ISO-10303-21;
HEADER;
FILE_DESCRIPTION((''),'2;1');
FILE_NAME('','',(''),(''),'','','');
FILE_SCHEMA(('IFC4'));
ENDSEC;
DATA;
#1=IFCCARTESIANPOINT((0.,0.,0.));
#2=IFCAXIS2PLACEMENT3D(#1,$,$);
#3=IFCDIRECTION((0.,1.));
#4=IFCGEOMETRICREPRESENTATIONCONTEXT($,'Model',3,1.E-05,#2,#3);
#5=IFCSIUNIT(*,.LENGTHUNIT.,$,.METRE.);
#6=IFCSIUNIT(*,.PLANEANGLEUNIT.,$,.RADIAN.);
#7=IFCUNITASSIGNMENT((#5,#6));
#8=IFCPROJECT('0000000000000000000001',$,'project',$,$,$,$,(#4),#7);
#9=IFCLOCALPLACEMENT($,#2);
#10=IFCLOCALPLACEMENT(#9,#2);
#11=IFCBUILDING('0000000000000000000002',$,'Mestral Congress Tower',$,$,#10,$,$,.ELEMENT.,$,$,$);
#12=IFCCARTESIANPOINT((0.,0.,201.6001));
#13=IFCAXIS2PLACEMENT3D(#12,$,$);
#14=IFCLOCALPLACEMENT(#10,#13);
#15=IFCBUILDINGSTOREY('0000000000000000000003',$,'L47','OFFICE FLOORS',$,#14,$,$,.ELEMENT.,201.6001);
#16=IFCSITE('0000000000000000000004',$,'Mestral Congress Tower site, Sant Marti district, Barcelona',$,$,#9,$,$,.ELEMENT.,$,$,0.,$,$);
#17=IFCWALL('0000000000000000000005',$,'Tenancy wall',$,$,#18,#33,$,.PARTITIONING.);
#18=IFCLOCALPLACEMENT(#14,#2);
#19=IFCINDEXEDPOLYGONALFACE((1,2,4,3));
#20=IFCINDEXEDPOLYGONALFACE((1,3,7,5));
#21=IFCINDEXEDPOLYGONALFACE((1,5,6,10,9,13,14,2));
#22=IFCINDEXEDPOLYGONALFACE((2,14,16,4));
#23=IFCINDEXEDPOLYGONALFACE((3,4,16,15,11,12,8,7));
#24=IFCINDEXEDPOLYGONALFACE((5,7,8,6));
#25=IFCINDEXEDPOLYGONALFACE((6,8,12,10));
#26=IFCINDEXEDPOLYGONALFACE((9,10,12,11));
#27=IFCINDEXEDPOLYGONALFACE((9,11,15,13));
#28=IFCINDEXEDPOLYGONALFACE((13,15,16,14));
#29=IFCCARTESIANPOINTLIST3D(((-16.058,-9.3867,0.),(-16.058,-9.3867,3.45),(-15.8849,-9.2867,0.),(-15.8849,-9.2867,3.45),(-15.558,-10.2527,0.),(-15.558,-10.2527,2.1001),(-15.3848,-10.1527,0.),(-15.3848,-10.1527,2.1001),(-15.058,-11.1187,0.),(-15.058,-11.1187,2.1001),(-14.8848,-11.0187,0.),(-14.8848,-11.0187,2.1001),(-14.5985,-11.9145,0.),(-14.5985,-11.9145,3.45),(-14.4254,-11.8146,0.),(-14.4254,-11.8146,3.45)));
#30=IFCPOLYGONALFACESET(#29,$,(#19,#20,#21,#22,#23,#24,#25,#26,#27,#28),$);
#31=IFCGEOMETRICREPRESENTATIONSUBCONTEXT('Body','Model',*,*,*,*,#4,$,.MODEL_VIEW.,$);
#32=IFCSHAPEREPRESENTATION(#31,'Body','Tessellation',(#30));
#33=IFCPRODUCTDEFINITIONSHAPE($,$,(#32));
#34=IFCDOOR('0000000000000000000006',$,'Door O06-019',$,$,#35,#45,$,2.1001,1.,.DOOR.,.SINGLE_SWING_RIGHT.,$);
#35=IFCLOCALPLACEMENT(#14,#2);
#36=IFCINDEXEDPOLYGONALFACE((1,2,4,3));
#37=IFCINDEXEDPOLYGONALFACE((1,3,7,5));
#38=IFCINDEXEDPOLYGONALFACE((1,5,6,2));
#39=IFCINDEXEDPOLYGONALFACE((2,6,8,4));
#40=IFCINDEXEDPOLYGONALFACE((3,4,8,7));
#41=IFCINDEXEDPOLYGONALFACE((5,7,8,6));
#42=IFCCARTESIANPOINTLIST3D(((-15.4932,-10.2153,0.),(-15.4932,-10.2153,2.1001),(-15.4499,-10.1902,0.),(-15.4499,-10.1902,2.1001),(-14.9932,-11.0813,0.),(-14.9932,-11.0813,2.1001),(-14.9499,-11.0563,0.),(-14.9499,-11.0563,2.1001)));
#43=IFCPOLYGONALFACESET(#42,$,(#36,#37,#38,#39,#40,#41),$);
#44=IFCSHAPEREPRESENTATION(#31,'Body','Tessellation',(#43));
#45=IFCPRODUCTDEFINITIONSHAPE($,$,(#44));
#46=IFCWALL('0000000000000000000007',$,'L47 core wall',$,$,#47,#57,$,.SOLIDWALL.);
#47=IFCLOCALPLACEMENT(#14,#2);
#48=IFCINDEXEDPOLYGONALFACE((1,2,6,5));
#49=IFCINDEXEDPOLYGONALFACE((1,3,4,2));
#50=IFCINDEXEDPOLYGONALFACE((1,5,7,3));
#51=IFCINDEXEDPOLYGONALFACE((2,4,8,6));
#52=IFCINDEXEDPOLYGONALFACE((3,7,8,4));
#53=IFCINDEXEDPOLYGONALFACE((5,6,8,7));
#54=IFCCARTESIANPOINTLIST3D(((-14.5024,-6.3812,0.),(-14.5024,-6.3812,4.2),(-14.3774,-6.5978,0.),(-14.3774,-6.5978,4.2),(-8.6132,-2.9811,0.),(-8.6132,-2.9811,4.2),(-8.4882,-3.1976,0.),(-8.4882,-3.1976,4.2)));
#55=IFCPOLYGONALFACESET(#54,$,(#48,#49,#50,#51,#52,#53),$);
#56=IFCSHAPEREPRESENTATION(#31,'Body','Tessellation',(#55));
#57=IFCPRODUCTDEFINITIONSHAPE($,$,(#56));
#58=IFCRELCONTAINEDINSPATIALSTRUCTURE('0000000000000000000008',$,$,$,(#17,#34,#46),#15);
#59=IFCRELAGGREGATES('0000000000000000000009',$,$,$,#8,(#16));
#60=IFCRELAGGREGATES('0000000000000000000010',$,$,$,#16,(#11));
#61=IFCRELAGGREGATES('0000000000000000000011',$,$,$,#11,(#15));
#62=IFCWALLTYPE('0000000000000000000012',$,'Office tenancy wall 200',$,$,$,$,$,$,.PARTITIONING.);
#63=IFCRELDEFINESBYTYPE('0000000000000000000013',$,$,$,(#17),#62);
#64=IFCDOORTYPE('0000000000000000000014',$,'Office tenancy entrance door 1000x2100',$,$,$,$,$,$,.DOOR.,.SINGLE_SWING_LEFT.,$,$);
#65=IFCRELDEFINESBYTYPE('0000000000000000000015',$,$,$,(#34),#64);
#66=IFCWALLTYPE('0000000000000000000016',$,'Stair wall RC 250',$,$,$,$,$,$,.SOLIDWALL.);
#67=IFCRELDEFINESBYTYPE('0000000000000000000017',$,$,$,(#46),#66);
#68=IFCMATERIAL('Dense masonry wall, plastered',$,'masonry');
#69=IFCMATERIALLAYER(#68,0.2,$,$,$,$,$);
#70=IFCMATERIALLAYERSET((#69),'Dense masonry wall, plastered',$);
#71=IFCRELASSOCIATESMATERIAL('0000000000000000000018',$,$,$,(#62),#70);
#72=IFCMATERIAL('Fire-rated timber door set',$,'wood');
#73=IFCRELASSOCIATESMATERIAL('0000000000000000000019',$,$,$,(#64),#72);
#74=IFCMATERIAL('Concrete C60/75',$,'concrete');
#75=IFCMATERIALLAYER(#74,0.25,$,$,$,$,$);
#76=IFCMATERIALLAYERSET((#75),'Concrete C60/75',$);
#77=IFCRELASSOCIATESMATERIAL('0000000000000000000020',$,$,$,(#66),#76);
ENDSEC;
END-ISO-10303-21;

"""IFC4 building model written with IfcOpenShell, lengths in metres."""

from ifc_helpers import new_model, si_unit, direction, frame, frame_2d, origin, place, context, subcontext, project, spatial, rectangle, extrude, material, layer, layer_set, type_object, element, fill, save


model = new_model("IFC4")

# Units and contexts
model_context = context("Model", 3, precision=1e-05, world=origin(), true_north=direction((0.0, 1.0)))
body_context = subcontext(model_context, "Body", "Model", "MODEL_VIEW")
ifc_project = project(units=[si_unit("LENGTHUNIT", "METRE"), si_unit("PLANEANGLEUNIT", "RADIAN")], contexts=[model_context])

# Site, building, storey
site_placement = place(None, origin())
site = spatial("IfcSite", under=ifc_project, at=site_placement, Name="Mestral Congress Tower site, Sant Marti district, Barcelona", CompositionType="ELEMENT", RefElevation=0.0)
building_placement = place(site_placement, origin())
building = spatial("IfcBuilding", under=site, at=building_placement, Name="Mestral Congress Tower", CompositionType="ELEMENT")
storey_placement = place(building_placement, frame((0.0, 0.0, 201.6001)))
storey = spatial("IfcBuildingStorey", under=building, at=storey_placement, Name="L47", Description="OFFICE FLOORS", CompositionType="ELEMENT", Elevation=201.6001)

# Shared definitions
ifc_material_1 = material(Name="Concrete C60/75", Category="concrete")

# Shared definitions
ifc_material_2 = material(Name="Dense masonry wall, plastered", Category="masonry")
ifc_layer_1 = layer(ifc_material_2, 0.2)
ifc_layer_set_1 = layer_set([ifc_layer_1], Name="Dense masonry wall, plastered")
wall_type_1 = type_object("IfcWallType", Name="Office tenancy wall 200", PredefinedType="PARTITIONING", material=ifc_layer_set_1)

# Wall, opening, door
wall_1_placement = place(storey_placement, frame((-15.9714, -9.3367, 0.0), z_axis=(0.0, 0.0, 1.0), x_axis=(0.500007, -0.866021, 0.0)))
wall_1 = element("IfcWall", 1, at=wall_1_placement, inside=storey, type_object=wall_type_1, Name="Tenancy wall", PredefinedType="PARTITIONING", context=body_context, shape_type="SweptSolid", body=[
    extrude(rectangle(XDim=2.9189, YDim=0.2, at=frame_2d((1.4595, 0.0))), origin(), (0.0, 0.0, 1.0), 3.45),
])
opening_1_placement = place(wall_1_placement, frame((1.0, 0.0, 0.0)))
opening_1 = element("IfcOpeningElement", 2, at=opening_1_placement, cuts=wall_1, PredefinedType="OPENING", context=body_context, shape_type="SweptSolid", body=[
    extrude(rectangle(XDim=1.0, YDim=2.1001, at=frame_2d((0.5, 1.05))), frame((0.0, 0.1099, 0.0), z_axis=(0.0, -1.0, 0.0), x_axis=(1.0, 0.0, 0.0)), (0.0, 0.0, 1.0), 0.22),
])
ifc_material_3 = material(Name="Fire-rated timber door set", Category="wood")
door_type_1 = type_object("IfcDoorType", Name="Office tenancy entrance door 1000x2100", OperationType="SINGLE_SWING_LEFT", PredefinedType="DOOR", material=ifc_material_3)
door_1_placement = place(opening_1_placement, origin())
door_1 = element("IfcDoor", 3, at=door_1_placement, inside=storey, type_object=door_type_1, Name="Door O06-019", OperationType="SINGLE_SWING_RIGHT", OverallHeight=2.1001, OverallWidth=1.0, PredefinedType="DOOR", context=body_context, shape_type="SweptSolid", body=[
    extrude(rectangle(XDim=1.0, YDim=2.1001, at=frame_2d((0.5, 1.05))), frame((0.0, 0.0249, 0.0), z_axis=(0.0, -1.0, 0.0), x_axis=(1.0, 0.0, 0.0)), (0.0, 0.0, 1.0), 0.05),
])
fill(opening_1, door_1)

# Wall
ifc_layer_2 = layer(ifc_material_1, 0.25)
ifc_layer_set_2 = layer_set([ifc_layer_2], Name="Concrete C60/75")
wall_type_2 = type_object("IfcWallType", Name="Stair wall RC 250", PredefinedType="SOLIDWALL", material=ifc_layer_set_2)
wall_2_placement = place(storey_placement, frame((-14.4399, -6.4895, 0.0), z_axis=(0.0, 0.0, 1.0), x_axis=(0.866023, 0.500004, 0.0)))
element("IfcWall", 4, at=wall_2_placement, inside=storey, type_object=wall_type_2, Name="L47 core wall", PredefinedType="SOLIDWALL", context=body_context, shape_type="SweptSolid", body=[
    extrude(rectangle(XDim=6.8003, YDim=0.25, at=frame_2d((3.4001, 0.0))), origin(), (0.0, 0.0, 1.0), 4.2),
])

save(model, "model.ifc")
